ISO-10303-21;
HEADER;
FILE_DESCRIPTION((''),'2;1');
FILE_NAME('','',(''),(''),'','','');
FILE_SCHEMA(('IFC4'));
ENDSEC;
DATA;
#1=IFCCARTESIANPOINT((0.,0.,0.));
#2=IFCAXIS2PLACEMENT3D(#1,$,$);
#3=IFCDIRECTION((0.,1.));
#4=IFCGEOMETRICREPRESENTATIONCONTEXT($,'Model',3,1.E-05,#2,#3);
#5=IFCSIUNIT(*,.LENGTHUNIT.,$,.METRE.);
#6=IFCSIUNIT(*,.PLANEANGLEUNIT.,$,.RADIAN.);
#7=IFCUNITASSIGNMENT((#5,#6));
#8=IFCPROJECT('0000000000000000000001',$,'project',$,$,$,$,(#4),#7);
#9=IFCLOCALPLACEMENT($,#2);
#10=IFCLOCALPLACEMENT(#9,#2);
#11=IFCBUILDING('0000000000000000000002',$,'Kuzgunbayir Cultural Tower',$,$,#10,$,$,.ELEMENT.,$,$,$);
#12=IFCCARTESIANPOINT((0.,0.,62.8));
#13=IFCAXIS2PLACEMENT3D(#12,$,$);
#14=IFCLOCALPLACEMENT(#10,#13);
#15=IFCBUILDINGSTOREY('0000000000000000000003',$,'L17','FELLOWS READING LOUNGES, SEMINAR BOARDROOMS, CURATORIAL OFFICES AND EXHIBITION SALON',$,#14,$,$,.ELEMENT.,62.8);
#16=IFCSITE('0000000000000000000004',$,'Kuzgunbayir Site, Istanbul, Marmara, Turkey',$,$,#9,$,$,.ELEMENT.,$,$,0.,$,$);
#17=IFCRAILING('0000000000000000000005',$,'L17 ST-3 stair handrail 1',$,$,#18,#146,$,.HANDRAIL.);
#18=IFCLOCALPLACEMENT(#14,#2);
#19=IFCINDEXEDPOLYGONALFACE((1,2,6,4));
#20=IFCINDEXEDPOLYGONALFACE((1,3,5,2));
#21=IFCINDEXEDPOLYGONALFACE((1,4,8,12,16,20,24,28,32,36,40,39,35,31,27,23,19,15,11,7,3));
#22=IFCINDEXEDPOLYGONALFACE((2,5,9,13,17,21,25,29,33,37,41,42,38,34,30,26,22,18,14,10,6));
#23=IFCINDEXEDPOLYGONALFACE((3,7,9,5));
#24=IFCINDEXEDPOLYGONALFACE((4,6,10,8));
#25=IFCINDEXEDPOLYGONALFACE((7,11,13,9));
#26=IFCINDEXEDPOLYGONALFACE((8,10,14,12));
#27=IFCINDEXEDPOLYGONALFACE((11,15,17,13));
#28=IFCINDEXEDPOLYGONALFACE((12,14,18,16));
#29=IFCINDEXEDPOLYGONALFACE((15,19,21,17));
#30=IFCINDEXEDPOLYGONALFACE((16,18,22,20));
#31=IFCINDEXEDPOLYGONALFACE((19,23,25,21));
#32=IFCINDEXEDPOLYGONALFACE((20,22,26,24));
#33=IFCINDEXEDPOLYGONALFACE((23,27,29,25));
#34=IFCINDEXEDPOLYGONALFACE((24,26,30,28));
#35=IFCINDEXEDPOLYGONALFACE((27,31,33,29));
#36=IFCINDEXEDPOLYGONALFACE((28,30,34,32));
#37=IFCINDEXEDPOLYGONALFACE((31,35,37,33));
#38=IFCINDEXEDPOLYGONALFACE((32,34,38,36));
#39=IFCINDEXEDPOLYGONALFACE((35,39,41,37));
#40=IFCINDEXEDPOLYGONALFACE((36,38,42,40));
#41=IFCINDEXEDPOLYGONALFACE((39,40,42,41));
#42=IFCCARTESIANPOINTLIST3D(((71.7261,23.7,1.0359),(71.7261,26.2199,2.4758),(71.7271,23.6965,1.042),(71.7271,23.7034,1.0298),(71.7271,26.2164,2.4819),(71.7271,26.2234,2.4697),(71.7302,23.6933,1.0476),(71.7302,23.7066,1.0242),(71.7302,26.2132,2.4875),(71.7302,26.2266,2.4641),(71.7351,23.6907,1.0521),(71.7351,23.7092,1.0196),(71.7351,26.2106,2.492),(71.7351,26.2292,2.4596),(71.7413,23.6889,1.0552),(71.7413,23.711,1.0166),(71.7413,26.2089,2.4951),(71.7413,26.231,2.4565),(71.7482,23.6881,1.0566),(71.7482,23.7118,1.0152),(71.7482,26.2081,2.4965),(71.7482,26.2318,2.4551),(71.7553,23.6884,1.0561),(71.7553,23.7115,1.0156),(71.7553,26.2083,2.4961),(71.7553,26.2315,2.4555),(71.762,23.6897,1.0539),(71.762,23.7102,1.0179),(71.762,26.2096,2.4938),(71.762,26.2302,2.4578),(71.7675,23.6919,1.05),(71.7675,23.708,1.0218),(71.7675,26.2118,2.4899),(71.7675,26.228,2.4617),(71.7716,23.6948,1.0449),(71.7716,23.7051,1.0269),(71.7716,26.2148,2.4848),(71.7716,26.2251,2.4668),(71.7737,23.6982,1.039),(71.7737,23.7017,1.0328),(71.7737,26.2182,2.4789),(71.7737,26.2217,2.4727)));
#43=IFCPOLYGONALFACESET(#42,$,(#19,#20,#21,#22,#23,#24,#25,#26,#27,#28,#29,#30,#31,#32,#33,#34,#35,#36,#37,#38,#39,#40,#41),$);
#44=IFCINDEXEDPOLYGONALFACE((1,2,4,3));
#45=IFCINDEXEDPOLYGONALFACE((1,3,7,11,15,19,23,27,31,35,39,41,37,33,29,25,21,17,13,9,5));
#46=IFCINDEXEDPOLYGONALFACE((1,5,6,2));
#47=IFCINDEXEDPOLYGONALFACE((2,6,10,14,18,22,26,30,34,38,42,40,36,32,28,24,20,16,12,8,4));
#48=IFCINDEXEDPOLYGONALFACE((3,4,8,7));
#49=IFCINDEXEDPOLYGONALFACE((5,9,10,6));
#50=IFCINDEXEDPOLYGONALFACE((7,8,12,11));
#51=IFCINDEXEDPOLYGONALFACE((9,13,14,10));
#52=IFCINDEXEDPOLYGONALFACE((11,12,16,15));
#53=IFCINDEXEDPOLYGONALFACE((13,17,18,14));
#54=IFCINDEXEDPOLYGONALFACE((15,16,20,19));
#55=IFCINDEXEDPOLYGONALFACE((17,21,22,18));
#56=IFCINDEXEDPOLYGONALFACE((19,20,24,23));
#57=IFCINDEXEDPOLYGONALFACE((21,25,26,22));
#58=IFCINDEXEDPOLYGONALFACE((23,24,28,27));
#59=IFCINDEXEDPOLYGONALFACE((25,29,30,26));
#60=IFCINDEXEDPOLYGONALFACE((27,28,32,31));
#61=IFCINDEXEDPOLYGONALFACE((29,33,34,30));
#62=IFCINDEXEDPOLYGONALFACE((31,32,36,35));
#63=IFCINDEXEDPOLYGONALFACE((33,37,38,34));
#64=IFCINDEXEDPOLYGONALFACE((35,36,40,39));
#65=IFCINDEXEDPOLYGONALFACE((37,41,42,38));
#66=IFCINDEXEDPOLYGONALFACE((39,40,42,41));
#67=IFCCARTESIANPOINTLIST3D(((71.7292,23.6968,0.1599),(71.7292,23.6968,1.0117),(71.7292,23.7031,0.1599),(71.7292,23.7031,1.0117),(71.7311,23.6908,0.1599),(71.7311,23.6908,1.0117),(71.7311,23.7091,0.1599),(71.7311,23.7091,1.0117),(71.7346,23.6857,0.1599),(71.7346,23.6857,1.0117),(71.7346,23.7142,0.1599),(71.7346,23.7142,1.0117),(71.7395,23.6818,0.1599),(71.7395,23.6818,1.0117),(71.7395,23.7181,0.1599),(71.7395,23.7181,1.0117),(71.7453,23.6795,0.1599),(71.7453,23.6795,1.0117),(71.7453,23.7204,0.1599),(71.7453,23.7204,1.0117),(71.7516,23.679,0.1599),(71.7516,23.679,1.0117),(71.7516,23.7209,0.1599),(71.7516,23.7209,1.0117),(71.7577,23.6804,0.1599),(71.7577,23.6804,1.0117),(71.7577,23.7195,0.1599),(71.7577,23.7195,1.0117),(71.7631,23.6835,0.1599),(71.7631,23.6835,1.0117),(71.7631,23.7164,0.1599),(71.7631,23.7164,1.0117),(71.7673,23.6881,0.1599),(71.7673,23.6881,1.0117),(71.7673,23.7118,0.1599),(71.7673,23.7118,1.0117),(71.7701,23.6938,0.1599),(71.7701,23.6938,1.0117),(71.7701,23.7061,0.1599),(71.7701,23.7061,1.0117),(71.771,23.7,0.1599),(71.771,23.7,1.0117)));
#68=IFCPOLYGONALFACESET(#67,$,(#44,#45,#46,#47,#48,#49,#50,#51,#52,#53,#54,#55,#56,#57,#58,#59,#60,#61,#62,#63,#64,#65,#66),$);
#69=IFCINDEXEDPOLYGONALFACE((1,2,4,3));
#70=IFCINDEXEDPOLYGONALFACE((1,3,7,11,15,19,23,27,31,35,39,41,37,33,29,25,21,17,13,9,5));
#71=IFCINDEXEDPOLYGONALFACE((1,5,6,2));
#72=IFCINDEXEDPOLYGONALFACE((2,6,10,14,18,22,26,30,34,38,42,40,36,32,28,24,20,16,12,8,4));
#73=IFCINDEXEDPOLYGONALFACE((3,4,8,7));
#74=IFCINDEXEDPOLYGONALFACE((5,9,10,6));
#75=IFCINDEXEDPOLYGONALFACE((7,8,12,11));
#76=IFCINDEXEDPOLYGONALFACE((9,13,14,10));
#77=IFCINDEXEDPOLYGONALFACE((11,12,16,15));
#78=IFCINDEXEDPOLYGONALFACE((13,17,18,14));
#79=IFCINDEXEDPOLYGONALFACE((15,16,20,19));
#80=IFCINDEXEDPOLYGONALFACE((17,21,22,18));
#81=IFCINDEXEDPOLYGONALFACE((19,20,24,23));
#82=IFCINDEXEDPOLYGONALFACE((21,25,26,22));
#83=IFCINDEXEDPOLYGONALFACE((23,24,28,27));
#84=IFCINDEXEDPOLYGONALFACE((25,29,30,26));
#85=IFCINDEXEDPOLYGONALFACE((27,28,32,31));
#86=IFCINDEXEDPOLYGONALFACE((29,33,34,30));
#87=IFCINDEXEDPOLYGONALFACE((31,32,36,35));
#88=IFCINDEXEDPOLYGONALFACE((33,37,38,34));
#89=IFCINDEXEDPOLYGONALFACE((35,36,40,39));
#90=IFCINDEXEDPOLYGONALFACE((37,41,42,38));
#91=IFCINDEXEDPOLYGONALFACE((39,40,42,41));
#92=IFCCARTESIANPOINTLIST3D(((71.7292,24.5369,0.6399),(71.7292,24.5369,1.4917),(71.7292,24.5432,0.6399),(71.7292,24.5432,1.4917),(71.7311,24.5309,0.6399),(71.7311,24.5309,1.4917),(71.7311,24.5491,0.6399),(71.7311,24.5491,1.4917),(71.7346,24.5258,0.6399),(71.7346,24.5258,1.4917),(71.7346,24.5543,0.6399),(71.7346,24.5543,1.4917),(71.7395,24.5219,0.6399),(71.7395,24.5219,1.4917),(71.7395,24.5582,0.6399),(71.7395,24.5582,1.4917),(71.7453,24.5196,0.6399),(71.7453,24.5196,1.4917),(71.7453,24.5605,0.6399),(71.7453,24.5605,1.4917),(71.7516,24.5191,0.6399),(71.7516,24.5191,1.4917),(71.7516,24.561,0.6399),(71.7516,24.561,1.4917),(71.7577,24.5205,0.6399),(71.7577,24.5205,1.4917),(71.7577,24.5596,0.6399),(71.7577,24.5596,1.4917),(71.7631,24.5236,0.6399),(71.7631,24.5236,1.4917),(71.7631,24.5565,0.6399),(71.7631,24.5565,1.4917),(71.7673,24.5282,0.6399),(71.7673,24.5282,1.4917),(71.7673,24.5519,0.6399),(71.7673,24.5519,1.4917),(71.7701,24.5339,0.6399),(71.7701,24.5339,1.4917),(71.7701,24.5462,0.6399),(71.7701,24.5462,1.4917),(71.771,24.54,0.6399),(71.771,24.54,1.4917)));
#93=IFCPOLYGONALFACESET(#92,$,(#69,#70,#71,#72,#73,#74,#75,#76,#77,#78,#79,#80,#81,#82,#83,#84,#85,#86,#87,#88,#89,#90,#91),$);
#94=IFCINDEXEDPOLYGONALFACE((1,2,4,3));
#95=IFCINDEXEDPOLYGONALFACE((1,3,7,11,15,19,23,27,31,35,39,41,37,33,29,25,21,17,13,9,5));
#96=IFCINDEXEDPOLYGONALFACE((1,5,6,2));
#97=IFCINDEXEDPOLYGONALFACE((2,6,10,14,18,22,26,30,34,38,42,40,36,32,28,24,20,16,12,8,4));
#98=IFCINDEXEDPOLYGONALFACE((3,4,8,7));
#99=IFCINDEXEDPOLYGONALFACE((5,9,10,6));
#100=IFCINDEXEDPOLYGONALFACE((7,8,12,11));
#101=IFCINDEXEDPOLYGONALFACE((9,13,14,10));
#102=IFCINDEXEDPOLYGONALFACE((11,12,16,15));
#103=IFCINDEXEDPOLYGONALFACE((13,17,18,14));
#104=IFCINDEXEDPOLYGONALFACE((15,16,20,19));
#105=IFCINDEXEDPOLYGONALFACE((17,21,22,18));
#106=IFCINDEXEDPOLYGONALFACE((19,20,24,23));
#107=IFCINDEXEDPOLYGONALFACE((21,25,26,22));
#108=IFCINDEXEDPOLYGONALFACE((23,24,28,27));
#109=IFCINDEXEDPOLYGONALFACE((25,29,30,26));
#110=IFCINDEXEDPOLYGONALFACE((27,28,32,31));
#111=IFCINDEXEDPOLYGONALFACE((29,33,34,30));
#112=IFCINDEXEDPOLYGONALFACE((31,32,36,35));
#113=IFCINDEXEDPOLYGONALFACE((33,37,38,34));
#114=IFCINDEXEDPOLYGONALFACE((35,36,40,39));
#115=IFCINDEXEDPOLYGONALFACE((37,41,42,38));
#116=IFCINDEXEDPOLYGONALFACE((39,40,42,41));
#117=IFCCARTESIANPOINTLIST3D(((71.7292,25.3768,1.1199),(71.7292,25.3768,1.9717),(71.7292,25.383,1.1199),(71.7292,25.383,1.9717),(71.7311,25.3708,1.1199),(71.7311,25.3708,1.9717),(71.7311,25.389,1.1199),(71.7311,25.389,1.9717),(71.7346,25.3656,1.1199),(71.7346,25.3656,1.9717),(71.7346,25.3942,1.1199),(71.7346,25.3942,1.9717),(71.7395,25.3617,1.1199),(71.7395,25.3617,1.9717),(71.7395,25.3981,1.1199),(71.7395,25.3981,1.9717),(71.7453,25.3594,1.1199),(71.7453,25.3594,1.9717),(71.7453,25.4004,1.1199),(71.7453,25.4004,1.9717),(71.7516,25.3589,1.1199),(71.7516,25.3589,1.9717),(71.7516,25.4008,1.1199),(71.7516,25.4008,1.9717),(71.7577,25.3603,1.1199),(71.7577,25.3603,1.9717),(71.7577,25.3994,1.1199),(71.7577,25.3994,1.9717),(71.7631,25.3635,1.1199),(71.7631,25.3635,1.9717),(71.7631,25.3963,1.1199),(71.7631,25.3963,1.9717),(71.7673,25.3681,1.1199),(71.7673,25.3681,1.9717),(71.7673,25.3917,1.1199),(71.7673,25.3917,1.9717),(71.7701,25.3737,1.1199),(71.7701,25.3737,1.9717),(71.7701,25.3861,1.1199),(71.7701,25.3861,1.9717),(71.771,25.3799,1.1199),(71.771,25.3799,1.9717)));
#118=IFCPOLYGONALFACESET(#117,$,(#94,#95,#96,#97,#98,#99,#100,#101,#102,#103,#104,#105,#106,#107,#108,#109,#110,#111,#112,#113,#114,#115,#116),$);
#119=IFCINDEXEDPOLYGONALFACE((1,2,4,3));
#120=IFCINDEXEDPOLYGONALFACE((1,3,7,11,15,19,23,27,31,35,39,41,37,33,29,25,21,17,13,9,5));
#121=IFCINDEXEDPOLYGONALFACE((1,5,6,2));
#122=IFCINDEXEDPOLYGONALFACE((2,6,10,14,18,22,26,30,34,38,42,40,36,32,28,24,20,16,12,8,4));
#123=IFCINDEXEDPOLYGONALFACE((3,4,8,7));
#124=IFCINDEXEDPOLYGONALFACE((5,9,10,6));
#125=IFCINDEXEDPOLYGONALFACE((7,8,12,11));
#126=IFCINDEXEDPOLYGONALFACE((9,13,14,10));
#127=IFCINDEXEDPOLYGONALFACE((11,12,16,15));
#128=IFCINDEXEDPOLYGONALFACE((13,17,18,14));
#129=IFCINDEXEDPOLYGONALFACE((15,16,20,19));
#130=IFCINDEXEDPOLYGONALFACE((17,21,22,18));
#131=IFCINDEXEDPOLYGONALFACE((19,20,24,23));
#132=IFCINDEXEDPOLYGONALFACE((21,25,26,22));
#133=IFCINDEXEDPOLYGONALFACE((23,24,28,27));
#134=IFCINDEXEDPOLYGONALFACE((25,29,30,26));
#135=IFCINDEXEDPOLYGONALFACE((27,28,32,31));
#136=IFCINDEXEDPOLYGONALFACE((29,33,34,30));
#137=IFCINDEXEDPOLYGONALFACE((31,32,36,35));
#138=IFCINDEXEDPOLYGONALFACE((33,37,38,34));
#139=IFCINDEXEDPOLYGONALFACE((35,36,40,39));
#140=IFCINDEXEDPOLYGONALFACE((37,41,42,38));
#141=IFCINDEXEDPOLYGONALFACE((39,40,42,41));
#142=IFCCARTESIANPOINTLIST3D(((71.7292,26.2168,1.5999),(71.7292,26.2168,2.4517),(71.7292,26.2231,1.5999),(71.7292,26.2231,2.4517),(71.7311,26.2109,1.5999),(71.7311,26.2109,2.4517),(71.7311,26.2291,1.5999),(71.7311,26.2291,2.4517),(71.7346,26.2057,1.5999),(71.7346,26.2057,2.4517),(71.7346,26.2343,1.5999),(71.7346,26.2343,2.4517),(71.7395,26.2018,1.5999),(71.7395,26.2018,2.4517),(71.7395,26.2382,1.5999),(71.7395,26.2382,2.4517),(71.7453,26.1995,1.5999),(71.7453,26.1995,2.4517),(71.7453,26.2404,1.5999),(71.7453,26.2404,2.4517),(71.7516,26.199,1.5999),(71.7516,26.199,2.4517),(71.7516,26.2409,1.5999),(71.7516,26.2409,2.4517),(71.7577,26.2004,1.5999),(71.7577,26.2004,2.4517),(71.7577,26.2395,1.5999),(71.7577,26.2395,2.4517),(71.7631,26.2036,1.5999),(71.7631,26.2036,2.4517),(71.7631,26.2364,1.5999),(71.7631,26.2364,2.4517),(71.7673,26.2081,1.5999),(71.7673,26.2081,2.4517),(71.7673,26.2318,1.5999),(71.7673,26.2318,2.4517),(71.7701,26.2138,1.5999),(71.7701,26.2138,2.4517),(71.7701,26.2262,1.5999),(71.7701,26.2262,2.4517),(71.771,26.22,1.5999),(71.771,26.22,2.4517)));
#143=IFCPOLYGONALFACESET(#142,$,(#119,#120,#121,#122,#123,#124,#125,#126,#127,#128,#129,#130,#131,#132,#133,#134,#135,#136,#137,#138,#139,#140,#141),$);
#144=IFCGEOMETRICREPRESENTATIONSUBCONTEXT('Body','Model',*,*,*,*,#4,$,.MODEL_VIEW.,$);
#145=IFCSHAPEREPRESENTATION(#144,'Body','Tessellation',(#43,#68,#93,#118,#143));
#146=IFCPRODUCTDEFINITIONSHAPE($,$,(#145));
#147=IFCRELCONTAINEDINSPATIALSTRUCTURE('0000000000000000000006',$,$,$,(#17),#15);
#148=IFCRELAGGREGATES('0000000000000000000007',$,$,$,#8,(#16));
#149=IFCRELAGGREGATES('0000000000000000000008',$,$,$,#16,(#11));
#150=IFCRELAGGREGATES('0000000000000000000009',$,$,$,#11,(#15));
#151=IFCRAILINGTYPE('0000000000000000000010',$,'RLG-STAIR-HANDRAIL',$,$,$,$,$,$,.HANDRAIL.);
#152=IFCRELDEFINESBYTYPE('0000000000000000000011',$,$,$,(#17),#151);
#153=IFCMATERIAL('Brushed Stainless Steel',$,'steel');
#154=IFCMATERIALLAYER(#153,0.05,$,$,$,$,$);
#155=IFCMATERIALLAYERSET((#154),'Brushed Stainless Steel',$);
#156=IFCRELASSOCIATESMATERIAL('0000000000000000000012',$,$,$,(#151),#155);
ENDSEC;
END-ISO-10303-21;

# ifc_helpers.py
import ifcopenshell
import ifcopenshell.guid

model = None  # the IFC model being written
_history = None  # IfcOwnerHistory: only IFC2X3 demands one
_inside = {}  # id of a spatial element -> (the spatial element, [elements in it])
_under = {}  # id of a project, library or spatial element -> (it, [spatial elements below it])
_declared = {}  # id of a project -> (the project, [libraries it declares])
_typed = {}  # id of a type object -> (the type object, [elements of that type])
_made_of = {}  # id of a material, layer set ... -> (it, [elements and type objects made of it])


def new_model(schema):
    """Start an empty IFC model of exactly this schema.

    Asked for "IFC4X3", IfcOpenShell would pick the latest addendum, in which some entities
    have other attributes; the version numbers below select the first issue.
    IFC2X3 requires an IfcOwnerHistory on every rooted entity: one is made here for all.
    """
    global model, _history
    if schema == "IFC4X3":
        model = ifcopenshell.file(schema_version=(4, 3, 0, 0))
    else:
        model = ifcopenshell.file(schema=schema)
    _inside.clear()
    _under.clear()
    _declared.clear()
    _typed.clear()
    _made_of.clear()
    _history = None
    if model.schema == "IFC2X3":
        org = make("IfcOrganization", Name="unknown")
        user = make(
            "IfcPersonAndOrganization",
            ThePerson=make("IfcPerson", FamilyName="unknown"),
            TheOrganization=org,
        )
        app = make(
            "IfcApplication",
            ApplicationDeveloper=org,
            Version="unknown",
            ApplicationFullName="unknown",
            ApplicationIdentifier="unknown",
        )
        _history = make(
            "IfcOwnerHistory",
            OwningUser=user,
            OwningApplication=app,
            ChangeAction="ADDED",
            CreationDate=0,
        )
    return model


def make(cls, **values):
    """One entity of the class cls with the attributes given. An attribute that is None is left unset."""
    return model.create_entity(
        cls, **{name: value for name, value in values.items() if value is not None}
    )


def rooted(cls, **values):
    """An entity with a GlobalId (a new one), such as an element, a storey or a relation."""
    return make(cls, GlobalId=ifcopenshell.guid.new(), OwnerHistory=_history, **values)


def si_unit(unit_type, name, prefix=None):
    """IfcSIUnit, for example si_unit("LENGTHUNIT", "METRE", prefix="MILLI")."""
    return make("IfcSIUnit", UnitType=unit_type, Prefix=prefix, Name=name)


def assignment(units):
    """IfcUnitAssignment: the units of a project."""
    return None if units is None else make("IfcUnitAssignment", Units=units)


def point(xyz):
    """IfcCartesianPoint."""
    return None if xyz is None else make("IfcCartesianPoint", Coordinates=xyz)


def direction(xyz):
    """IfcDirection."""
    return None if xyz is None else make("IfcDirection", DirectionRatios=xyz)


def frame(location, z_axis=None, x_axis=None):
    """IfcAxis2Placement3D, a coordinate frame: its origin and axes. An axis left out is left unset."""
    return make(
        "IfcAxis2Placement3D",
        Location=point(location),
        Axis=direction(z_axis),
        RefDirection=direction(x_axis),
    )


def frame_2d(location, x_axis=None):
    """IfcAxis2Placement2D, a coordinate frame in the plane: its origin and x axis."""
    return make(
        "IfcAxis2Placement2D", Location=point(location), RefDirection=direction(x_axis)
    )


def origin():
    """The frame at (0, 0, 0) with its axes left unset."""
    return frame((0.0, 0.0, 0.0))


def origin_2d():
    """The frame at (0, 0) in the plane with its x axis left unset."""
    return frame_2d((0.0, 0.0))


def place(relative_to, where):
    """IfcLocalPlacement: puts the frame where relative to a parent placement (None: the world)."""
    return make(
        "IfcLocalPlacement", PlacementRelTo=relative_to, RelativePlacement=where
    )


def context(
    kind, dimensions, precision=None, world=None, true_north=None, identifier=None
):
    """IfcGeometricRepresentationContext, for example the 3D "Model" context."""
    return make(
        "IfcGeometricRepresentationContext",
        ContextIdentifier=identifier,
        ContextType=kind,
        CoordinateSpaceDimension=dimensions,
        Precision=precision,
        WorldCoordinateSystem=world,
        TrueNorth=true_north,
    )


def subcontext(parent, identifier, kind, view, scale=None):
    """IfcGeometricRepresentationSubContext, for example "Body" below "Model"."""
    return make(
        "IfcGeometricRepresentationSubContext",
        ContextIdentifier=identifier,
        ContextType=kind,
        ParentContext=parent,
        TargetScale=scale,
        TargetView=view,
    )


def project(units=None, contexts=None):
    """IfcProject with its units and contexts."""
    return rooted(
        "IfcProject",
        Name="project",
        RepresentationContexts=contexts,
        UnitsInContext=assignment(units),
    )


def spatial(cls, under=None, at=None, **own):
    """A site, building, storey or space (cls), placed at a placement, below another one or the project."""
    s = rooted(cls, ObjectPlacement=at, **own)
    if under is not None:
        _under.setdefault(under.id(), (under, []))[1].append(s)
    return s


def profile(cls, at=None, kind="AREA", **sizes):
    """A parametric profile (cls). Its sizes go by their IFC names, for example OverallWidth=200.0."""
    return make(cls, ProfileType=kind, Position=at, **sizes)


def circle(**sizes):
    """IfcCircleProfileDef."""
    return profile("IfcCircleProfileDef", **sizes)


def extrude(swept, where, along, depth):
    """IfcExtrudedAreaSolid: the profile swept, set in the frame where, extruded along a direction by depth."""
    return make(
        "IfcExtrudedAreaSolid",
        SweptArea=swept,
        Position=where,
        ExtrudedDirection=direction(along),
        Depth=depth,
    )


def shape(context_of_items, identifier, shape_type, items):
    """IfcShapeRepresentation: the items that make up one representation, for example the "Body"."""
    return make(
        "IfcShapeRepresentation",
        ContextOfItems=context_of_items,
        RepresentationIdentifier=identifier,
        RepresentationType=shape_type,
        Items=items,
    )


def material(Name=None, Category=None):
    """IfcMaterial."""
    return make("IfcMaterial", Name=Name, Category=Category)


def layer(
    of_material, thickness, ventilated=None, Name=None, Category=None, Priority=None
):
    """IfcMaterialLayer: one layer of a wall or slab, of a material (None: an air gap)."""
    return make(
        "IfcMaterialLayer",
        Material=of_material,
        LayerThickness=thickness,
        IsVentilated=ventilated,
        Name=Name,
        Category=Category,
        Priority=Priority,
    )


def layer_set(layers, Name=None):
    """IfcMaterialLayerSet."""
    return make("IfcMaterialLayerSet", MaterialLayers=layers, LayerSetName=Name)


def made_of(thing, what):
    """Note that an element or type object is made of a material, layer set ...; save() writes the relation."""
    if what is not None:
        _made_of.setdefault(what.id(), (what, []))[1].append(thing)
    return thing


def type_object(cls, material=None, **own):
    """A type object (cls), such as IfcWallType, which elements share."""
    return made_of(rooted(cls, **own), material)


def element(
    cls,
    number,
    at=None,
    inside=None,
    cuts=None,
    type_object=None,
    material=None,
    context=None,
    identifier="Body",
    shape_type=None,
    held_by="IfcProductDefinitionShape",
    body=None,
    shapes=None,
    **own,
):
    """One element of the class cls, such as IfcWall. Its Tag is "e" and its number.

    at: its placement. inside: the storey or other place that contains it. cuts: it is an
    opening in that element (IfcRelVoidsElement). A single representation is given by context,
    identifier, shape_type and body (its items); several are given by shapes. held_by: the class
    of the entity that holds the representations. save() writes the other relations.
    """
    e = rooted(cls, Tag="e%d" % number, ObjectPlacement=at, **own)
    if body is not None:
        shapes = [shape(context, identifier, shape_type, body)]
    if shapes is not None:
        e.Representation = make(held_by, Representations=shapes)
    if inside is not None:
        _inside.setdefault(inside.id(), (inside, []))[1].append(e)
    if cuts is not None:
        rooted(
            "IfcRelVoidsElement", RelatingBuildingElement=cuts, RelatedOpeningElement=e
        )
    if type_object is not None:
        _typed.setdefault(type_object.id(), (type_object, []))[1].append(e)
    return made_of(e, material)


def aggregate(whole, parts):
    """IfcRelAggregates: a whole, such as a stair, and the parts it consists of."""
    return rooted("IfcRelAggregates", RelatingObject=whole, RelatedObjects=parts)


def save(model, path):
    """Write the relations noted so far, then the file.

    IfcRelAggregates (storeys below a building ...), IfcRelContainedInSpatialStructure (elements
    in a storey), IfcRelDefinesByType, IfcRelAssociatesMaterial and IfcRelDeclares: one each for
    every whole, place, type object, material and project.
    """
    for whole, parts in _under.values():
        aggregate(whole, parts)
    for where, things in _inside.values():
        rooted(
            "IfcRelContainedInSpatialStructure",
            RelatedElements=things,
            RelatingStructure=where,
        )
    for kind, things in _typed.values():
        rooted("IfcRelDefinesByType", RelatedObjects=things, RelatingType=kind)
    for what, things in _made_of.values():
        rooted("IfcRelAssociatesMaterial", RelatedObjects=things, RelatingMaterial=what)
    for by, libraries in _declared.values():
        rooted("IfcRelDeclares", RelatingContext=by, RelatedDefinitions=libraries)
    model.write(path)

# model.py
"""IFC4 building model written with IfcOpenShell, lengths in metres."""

from ifc_helpers import new_model, si_unit, direction, frame, origin, origin_2d, place, context, subcontext, project, spatial, circle, extrude, material, layer, layer_set, type_object, element, save


model = new_model("IFC4")

# Units and contexts
model_context = context("Model", 3, precision=1e-05, world=origin(), true_north=direction((0.0, 1.0)))
body_context = subcontext(model_context, "Body", "Model", "MODEL_VIEW")
ifc_project = project(units=[si_unit("LENGTHUNIT", "METRE"), si_unit("PLANEANGLEUNIT", "RADIAN")], contexts=[model_context])

# Site, building, storey
site_placement = place(None, origin())
site = spatial("IfcSite", under=ifc_project, at=site_placement, Name="Kuzgunbayir Site, Istanbul, Marmara, Turkey", CompositionType="ELEMENT", RefElevation=0.0)
building_placement = place(site_placement, origin())
building = spatial("IfcBuilding", under=site, at=building_placement, Name="Kuzgunbayir Cultural Tower", CompositionType="ELEMENT")
storey_placement = place(building_placement, frame((0.0, 0.0, 62.8)))
storey = spatial("IfcBuildingStorey", under=building, at=storey_placement, Name="L17", Description="FELLOWS READING LOUNGES, SEMINAR BOARDROOMS, CURATORIAL OFFICES AND EXHIBITION SALON", CompositionType="ELEMENT", Elevation=62.8)

# Railing
ifc_material_1 = material(Name="Brushed Stainless Steel", Category="steel")
ifc_layer_1 = layer(ifc_material_1, 0.05)
ifc_layer_set_1 = layer_set([ifc_layer_1], Name="Brushed Stainless Steel")
railing_type_1 = type_object("IfcRailingType", Name="RLG-STAIR-HANDRAIL", PredefinedType="HANDRAIL", material=ifc_layer_set_1)
railing_1_placement = place(storey_placement, frame((71.75, 23.7, 0.1599)))
element("IfcRailing", 1, at=railing_1_placement, inside=storey, type_object=railing_type_1, Name="L17 ST-3 stair handrail 1", PredefinedType="HANDRAIL", context=body_context, shape_type="SweptSolid", body=[
    extrude(circle(Radius=0.0239, at=origin_2d()), frame((0.0, 0.0, 0.876), z_axis=(0.0, 0.868253, 0.496121), x_axis=(-1.0, 0.0, 0.0)), (0.0, 0.0, 1.0), 2.9023),
    extrude(circle(Radius=0.021, at=origin_2d()), origin(), (0.0, 0.0, 1.0), 0.8518),
    extrude(circle(Radius=0.021, at=origin_2d()), frame((0.0, 0.8401, 0.48)), (0.0, 0.0, 1.0), 0.8518),
    extrude(circle(Radius=0.021, at=origin_2d()), frame((0.0, 1.6799, 0.96)), (0.0, 0.0, 1.0), 0.8518),
    extrude(circle(Radius=0.021, at=origin_2d()), frame((0.0, 2.52, 1.4399)), (0.0, 0.0, 1.0), 0.8518),
])

save(model, "model.ifc")
